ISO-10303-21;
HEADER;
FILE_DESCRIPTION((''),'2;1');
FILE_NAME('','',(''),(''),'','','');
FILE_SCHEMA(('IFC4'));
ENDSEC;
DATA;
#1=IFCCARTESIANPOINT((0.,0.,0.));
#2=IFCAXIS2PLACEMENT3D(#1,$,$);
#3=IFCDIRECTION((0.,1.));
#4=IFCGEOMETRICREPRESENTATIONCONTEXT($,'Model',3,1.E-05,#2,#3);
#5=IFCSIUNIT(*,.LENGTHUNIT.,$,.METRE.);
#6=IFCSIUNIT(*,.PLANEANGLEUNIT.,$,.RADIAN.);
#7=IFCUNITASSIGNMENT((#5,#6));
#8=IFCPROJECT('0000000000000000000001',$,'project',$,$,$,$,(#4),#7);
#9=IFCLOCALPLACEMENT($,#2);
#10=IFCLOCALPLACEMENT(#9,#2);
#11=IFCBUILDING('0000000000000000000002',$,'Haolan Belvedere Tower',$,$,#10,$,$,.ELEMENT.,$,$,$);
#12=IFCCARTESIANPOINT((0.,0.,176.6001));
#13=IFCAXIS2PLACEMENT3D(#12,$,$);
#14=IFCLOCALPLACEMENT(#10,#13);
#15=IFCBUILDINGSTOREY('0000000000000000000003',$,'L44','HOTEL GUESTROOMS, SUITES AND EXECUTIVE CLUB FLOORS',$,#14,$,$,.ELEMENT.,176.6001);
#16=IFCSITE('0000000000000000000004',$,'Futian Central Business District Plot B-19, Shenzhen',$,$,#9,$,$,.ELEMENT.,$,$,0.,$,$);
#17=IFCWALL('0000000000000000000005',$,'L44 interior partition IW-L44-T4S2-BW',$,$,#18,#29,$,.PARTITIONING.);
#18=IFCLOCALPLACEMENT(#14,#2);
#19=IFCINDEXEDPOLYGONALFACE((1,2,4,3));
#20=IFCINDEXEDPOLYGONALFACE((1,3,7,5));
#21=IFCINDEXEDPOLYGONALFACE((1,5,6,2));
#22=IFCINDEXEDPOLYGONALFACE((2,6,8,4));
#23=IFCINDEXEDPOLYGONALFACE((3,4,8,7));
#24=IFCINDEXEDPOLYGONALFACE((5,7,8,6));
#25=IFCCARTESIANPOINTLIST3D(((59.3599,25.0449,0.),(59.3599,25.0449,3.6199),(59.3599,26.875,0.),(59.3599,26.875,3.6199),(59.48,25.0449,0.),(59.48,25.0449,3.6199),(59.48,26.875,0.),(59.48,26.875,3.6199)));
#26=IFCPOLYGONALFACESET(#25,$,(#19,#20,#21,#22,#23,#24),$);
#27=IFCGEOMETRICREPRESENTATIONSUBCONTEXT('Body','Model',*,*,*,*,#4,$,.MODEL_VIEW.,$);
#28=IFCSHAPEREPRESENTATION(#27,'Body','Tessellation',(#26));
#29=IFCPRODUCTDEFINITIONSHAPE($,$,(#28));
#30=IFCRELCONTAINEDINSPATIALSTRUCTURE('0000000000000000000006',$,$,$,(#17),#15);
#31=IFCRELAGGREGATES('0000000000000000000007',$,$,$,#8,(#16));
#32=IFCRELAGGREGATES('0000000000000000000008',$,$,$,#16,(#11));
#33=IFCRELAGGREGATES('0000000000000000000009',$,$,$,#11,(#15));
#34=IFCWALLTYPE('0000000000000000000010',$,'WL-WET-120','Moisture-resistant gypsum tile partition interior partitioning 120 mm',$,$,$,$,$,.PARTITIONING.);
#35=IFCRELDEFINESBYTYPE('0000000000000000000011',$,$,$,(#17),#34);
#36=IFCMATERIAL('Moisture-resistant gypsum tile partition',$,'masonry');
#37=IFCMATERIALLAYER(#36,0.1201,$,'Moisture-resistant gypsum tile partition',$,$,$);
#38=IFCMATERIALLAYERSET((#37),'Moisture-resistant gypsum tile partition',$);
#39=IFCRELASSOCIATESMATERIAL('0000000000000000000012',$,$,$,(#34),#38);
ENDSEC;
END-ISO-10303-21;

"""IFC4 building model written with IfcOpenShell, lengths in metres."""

from ifc_helpers import new_model, si_unit, direction, frame, frame_2d, origin, place, context, subcontext, project, spatial, rectangle, extrude, material, layer, layer_set, type_object, element, save


model = new_model("IFC4")

# Units and contexts
model_context = context("Model", 3, precision=1e-05, world=origin(), true_north=direction((0.0, 1.0)))
body_context = subcontext(model_context, "Body", "Model", "MODEL_VIEW")
ifc_project = project(units=[si_unit("LENGTHUNIT", "METRE"), si_unit("PLANEANGLEUNIT", "RADIAN")], contexts=[model_context])

# Site, building, storey
site_placement = place(None, origin())
site = spatial("IfcSite", under=ifc_project, at=site_placement, Name="Futian Central Business District Plot B-19, Shenzhen", CompositionType="ELEMENT", RefElevation=0.0)
building_placement = place(site_placement, origin())
building = spatial("IfcBuilding", under=site, at=building_placement, Name="Haolan Belvedere Tower", CompositionType="ELEMENT")
storey_placement = place(building_placement, frame((0.0, 0.0, 176.6001)))
storey = spatial("IfcBuildingStorey", under=building, at=storey_placement, Name="L44", Description="HOTEL GUESTROOMS, SUITES AND EXECUTIVE CLUB FLOORS", CompositionType="ELEMENT", Elevation=176.6001)

# Shared definitions
ifc_material_1 = material(Name="Moisture-resistant gypsum tile partition", Category="masonry")
ifc_layer_1 = layer(ifc_material_1, 0.1201, Name="Moisture-resistant gypsum tile partition")
ifc_layer_set_1 = layer_set([ifc_layer_1], Name="Moisture-resistant gypsum tile partition")
wall_type_1 = type_object("IfcWallType", Name="WL-WET-120", Description="Moisture-resistant gypsum tile partition interior partitioning 120 mm", PredefinedType="PARTITIONING", material=ifc_layer_set_1)

# Wall
wall_1_placement = place(storey_placement, frame((59.4199, 25.0449, 0.0), z_axis=(0.0, 0.0, 1.0), x_axis=(0.0, 1.0, 0.0)))
element("IfcWall", 1, at=wall_1_placement, inside=storey, type_object=wall_type_1, Name="L44 interior partition IW-L44-T4S2-BW", PredefinedType="PARTITIONING", context=body_context, shape_type="SweptSolid", body=[
    extrude(rectangle(XDim=1.8301, YDim=0.1201, at=frame_2d((0.915, 0.0))), origin(), (0.0, 0.0, 1.0), 3.6199),
])

save(model, "model.ifc")
